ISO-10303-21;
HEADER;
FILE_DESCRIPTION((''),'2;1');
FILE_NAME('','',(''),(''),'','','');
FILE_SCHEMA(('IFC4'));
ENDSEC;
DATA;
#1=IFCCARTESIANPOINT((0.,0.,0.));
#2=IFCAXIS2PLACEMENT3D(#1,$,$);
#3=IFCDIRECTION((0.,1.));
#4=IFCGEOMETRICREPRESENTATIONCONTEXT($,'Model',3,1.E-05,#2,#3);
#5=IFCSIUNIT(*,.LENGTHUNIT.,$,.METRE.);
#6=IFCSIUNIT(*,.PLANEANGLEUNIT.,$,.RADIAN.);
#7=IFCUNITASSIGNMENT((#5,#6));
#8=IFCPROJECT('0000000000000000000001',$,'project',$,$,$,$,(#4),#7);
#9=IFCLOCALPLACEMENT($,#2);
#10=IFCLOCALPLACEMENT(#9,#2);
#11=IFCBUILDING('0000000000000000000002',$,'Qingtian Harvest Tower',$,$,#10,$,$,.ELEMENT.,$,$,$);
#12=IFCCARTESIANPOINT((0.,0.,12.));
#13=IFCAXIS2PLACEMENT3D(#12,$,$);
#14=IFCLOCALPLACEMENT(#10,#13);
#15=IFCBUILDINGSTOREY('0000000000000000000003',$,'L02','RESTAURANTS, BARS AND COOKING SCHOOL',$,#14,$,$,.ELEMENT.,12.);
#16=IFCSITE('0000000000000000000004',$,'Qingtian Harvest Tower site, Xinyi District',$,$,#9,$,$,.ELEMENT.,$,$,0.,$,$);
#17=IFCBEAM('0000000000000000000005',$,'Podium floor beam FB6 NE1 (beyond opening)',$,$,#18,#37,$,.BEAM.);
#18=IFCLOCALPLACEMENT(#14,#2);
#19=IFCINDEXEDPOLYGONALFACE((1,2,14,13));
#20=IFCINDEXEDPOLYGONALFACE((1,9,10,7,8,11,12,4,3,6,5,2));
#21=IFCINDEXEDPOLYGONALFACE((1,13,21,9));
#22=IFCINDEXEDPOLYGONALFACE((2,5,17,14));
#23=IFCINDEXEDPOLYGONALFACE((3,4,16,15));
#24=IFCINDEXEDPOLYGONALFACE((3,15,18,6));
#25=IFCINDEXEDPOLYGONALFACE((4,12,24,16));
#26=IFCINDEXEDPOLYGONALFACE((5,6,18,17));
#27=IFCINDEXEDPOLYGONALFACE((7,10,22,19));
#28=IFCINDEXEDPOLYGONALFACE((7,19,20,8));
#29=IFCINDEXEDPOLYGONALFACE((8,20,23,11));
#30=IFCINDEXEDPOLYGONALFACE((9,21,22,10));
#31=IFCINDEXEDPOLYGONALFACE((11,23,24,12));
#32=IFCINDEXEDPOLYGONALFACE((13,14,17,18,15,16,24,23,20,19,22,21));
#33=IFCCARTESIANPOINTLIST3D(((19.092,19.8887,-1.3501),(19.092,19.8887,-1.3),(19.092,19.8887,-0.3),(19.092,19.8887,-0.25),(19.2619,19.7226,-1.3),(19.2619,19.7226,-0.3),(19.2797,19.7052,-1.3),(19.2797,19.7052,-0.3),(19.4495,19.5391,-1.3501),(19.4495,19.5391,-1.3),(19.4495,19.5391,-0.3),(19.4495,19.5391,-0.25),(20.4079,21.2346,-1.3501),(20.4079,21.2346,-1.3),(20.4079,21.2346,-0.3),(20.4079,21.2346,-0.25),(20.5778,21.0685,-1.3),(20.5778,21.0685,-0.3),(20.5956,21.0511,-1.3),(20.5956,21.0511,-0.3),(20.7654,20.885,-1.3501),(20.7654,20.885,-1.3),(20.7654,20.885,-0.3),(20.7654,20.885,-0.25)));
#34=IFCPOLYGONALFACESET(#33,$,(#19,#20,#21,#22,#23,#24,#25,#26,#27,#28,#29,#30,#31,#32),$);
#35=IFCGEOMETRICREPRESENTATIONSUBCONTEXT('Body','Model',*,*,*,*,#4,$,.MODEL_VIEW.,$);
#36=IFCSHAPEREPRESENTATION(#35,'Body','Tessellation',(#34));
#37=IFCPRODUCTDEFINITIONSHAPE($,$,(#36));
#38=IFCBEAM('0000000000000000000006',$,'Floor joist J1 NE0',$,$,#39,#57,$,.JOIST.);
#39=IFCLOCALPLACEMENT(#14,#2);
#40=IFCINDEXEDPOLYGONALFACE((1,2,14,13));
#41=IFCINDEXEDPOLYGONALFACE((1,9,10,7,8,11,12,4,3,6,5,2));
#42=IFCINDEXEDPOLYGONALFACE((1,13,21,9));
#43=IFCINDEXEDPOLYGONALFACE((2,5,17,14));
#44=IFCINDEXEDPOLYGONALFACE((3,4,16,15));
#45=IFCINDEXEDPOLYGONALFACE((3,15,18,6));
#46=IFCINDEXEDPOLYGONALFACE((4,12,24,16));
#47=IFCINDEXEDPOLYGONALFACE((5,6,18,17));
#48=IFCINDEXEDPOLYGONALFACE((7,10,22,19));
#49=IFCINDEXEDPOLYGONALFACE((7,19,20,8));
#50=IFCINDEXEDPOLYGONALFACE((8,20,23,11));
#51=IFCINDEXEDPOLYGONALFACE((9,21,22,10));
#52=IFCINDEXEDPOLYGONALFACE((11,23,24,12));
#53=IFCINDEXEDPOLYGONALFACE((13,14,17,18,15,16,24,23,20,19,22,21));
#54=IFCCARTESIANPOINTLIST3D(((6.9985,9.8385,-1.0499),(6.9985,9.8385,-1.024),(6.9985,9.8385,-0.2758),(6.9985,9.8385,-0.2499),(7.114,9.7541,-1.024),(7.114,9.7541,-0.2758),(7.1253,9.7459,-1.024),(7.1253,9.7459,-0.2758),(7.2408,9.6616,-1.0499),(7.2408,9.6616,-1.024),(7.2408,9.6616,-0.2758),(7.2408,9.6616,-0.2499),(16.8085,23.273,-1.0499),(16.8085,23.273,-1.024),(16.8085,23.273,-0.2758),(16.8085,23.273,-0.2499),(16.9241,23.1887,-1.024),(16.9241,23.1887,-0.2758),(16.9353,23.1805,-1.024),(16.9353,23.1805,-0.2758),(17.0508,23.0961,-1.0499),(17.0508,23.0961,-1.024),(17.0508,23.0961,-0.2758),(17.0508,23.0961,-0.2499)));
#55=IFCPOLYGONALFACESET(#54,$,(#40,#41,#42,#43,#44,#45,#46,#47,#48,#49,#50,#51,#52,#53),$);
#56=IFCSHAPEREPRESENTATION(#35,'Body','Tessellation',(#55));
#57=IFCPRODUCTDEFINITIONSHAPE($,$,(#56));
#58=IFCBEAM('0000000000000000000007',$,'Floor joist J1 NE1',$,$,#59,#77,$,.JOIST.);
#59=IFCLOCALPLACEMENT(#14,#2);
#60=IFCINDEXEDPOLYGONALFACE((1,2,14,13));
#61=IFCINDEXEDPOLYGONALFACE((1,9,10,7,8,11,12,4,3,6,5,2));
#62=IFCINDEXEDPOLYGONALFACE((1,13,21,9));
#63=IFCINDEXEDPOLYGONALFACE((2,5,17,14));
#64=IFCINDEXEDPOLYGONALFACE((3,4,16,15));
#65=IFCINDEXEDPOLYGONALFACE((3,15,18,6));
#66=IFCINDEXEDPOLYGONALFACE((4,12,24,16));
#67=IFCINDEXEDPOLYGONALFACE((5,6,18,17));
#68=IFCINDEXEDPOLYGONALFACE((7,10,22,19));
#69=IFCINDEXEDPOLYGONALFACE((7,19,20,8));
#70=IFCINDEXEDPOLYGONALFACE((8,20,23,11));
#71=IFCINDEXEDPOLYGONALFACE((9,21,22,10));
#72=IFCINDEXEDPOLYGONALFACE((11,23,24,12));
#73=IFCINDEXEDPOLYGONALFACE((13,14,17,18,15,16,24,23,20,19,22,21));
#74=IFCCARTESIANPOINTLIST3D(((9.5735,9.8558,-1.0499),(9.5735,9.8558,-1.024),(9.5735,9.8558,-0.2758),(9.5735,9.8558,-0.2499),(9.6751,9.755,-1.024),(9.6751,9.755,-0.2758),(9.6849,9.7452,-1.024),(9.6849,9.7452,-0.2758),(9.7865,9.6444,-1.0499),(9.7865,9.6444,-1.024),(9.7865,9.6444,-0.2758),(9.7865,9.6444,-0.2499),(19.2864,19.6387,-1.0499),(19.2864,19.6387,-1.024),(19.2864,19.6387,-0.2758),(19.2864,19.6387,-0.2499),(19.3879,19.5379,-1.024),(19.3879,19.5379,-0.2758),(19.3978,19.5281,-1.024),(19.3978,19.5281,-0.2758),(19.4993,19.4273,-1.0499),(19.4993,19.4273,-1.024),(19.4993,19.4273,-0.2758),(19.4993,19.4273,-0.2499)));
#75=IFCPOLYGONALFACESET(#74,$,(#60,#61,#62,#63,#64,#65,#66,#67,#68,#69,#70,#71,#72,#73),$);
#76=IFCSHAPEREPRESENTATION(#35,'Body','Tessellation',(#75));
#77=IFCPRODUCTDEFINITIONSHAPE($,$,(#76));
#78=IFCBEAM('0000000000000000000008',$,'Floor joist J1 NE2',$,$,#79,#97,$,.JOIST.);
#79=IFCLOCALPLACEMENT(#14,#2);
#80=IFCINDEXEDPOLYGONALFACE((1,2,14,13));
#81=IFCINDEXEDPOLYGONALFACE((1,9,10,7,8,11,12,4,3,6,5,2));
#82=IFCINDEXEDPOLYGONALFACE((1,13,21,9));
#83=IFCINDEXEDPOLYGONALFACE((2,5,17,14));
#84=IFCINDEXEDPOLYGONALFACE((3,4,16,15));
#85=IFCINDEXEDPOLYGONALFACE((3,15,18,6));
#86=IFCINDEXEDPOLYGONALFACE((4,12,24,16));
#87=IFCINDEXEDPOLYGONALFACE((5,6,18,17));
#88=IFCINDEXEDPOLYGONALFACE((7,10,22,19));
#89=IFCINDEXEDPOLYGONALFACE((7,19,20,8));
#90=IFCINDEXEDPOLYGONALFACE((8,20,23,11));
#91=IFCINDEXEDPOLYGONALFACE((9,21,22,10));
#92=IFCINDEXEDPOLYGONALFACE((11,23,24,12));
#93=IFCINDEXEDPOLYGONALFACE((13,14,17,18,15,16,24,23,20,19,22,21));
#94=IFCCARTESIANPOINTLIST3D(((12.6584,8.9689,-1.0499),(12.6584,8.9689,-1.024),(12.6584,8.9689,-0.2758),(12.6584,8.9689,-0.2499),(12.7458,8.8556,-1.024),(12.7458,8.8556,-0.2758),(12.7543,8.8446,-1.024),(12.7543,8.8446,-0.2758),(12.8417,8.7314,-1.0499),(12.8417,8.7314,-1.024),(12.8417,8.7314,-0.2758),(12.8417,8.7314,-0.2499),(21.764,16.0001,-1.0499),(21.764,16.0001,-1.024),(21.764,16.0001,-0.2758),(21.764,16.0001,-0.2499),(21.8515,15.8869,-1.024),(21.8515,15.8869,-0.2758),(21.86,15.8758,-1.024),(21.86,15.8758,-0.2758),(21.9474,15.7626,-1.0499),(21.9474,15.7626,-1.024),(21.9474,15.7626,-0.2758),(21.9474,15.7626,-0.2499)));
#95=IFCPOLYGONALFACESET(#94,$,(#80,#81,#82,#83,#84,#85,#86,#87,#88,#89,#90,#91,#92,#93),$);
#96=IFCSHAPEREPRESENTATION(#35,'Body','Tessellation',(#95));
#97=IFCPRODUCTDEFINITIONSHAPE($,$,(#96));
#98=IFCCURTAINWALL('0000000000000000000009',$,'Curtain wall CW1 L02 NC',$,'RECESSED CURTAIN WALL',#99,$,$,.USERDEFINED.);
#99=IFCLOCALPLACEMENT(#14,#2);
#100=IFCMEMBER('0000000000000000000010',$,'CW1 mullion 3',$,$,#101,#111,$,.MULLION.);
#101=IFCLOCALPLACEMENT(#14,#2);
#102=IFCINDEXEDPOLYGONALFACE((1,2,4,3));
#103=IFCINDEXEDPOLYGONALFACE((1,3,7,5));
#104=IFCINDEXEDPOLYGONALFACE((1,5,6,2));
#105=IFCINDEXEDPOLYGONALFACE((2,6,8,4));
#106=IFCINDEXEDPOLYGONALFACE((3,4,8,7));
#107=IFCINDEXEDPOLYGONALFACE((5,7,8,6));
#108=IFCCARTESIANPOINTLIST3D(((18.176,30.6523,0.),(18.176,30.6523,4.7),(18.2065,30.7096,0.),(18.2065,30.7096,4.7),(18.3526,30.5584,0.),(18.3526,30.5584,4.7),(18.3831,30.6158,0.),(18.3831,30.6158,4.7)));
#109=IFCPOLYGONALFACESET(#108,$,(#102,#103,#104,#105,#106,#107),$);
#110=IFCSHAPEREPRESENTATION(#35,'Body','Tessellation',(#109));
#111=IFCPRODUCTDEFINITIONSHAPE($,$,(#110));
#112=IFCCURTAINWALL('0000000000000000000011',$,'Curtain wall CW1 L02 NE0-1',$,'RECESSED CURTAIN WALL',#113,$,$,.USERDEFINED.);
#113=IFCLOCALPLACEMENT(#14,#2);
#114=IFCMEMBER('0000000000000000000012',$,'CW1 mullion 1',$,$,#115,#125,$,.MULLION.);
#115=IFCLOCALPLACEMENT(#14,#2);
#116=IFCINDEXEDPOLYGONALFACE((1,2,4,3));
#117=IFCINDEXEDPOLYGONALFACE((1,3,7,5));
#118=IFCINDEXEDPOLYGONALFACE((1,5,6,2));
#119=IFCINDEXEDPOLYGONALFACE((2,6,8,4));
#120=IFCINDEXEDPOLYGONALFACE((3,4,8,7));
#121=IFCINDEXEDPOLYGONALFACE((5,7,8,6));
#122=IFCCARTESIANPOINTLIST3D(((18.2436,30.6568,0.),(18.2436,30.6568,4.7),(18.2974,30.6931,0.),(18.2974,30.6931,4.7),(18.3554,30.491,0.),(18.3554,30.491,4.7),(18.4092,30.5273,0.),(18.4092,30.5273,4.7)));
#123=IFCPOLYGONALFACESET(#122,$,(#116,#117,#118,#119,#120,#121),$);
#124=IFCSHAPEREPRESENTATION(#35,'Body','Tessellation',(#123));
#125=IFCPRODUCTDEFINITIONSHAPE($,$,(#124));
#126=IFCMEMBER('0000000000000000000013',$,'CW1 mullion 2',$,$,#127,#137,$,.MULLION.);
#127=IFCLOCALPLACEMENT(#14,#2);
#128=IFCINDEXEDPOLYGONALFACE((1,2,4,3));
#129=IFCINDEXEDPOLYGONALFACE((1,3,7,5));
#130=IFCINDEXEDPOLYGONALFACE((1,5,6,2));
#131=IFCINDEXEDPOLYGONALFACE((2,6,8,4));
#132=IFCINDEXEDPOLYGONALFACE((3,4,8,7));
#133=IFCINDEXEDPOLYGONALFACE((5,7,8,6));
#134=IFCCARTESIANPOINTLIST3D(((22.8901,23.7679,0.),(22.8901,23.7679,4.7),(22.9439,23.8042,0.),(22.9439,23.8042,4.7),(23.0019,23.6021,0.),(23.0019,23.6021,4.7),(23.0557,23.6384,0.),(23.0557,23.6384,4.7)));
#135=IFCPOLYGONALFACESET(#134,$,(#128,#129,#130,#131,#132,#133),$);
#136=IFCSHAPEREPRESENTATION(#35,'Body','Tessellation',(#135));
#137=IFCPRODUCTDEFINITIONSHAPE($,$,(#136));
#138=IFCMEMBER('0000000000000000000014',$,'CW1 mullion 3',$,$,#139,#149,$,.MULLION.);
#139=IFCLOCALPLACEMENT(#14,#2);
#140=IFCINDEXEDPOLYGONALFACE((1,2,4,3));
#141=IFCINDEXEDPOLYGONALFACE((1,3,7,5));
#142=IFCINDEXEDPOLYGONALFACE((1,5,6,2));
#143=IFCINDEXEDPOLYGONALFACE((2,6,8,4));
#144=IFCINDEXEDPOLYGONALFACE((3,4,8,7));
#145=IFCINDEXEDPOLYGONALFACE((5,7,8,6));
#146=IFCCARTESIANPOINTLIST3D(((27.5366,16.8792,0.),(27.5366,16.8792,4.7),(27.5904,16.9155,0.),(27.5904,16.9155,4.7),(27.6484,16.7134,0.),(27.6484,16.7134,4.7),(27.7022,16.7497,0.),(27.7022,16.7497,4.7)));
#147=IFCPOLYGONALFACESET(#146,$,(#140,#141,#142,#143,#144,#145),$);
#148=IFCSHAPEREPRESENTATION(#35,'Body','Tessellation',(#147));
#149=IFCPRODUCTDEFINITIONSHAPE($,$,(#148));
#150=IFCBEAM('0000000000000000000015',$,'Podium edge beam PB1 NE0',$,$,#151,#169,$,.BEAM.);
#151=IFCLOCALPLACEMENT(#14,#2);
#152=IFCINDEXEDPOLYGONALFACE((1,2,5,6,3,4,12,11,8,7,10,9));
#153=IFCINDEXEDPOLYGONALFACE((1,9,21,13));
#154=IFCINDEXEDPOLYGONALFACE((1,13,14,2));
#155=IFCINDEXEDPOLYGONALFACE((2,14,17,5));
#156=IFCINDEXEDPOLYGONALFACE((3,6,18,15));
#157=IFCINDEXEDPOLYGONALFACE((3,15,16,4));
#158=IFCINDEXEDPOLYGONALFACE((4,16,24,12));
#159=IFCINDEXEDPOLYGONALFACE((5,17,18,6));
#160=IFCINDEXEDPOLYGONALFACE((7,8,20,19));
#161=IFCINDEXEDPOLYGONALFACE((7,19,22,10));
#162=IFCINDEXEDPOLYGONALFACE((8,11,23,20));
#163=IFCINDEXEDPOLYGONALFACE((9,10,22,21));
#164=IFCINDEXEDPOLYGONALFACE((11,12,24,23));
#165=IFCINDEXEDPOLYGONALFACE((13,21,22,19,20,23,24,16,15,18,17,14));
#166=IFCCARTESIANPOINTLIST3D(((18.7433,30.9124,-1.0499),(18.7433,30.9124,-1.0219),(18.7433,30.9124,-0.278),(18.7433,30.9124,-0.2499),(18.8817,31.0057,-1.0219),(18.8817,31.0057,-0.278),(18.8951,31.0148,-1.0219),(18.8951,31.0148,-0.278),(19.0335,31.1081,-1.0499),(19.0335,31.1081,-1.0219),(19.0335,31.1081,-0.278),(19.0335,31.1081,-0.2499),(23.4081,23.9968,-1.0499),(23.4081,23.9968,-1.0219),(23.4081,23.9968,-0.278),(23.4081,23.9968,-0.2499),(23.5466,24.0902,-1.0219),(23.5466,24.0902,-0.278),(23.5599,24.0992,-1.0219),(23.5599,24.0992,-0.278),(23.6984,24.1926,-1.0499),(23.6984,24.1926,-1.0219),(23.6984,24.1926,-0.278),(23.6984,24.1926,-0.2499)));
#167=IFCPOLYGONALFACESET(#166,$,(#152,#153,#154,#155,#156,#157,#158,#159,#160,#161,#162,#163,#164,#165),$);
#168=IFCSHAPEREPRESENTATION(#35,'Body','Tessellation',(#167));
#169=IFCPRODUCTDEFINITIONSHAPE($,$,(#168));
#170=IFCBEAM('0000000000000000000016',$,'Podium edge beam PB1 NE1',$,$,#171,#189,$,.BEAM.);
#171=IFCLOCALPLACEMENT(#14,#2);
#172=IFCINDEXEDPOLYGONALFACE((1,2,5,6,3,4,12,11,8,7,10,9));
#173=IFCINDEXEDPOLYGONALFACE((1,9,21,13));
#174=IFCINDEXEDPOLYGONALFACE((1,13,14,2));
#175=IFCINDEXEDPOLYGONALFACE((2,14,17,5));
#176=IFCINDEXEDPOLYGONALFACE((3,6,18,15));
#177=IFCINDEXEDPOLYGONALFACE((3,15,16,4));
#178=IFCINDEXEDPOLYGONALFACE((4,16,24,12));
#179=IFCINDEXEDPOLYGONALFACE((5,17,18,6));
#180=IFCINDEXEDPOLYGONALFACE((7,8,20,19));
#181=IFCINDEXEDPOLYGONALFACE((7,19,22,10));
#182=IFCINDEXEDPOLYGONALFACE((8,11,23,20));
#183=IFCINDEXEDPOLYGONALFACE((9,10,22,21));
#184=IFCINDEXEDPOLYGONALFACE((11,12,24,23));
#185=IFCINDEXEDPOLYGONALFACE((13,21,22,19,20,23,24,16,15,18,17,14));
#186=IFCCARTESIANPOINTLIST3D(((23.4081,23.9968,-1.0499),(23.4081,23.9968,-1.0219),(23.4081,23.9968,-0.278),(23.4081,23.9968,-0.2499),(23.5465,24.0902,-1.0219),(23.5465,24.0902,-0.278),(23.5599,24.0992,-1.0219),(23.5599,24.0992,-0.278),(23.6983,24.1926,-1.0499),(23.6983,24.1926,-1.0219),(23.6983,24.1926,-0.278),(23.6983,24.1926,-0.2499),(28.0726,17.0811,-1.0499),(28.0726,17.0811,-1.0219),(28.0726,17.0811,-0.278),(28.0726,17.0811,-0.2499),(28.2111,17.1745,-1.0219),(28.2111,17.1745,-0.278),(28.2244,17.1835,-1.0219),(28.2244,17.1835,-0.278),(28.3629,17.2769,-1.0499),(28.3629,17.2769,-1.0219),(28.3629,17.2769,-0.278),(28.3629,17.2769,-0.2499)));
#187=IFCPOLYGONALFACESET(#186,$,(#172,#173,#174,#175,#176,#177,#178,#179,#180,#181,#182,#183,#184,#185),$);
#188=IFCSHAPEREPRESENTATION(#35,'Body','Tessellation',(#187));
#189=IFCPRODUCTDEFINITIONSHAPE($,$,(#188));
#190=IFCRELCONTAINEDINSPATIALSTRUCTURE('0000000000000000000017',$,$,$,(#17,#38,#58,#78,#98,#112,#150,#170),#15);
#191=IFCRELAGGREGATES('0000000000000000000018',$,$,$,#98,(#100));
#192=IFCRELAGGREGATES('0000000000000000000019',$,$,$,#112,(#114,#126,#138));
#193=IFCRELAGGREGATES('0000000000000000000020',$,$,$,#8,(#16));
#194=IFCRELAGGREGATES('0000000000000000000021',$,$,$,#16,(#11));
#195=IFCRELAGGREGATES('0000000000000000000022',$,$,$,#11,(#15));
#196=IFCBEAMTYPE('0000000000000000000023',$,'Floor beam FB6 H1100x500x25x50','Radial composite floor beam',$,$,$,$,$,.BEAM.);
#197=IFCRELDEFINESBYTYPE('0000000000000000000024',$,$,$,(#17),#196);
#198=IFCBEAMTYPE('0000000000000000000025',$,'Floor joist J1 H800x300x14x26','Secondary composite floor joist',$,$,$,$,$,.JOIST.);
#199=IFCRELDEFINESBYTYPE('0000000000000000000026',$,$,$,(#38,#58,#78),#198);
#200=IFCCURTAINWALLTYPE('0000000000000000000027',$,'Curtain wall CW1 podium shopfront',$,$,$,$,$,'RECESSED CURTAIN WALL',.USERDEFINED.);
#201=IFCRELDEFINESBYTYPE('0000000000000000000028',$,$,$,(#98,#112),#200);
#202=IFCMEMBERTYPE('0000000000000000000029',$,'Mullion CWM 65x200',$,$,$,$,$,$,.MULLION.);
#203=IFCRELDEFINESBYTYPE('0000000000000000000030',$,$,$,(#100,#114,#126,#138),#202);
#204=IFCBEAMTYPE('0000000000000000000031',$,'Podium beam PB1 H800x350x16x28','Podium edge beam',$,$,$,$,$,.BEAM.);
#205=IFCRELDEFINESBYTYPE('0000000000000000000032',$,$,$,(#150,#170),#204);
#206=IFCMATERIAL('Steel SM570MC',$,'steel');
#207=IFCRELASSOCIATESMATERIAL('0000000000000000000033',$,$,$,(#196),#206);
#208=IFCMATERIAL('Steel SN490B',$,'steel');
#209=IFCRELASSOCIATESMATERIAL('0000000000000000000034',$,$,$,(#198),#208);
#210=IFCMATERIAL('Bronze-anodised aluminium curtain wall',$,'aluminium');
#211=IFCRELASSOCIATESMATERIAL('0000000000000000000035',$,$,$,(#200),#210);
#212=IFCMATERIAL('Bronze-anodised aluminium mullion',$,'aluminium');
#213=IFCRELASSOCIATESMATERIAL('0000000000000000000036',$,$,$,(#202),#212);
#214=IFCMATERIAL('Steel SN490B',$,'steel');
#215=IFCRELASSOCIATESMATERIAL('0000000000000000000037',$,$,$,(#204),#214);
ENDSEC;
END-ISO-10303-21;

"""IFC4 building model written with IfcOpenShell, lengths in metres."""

from ifc_helpers import new_model, si_unit, direction, frame, origin, origin_2d, place, context, subcontext, project, spatial, rectangle, i_section, extrude, material, material_profile, profile_set, type_object, element, aggregate, save


model = new_model("IFC4")

# Units and contexts
model_context = context("Model", 3, precision=1e-05, world=origin(), true_north=direction((0.0, 1.0)))
body_context = subcontext(model_context, "Body", "Model", "MODEL_VIEW")
ifc_project = project(units=[si_unit("LENGTHUNIT", "METRE"), si_unit("PLANEANGLEUNIT", "RADIAN")], contexts=[model_context])

# Site, building, storey
site_placement = place(None, origin())
site = spatial("IfcSite", under=ifc_project, at=site_placement, Name="Qingtian Harvest Tower site, Xinyi District", CompositionType="ELEMENT", RefElevation=0.0)
building_placement = place(site_placement, origin())
building = spatial("IfcBuilding", under=site, at=building_placement, Name="Qingtian Harvest Tower", CompositionType="ELEMENT")
storey_placement = place(building_placement, frame((0.0, 0.0, 12.0)))
storey = spatial("IfcBuildingStorey", under=building, at=storey_placement, Name="L02", Description="RESTAURANTS, BARS AND COOKING SCHOOL", CompositionType="ELEMENT", Elevation=12.0)

# Beams
ifc_material_1 = material(Name="Steel SM570MC", Category="steel")
ifc_material_profile_1 = material_profile(ifc_material_1, i_section(OverallWidth=0.5, OverallDepth=1.1001, WebThickness=0.0249, FlangeThickness=0.05, at=origin_2d()), Name="H1100x500x25x50")
ifc_profile_set_1 = profile_set([ifc_material_profile_1], Name="Steel SM570MC")
beam_type_1 = type_object("IfcBeamType", Name="Floor beam FB6 H1100x500x25x50", Description="Radial composite floor beam", PredefinedType="BEAM", material=ifc_profile_set_1)
beam_1_placement = place(storey_placement, frame((20.5867, 21.0598, -0.8), z_axis=(-0.699085, -0.715038, 0.0), x_axis=(0.715038, -0.699085, 0.0)))
element("IfcBeam", 1, at=beam_1_placement, inside=storey, type_object=beam_type_1, Name="Podium floor beam FB6 NE1 (beyond opening)", PredefinedType="BEAM", context=body_context, shape_type="SweptSolid", body=[
    extrude(i_section(OverallWidth=0.5, OverallDepth=1.1001, WebThickness=0.0249, FlangeThickness=0.05, at=origin_2d()), origin(), (0.0, 0.0, 1.0), 1.8823),
])
ifc_material_2 = material(Name="Steel SN490B", Category="steel")
ifc_material_profile_2 = material_profile(ifc_material_2, i_section(OverallWidth=0.3, OverallDepth=0.8, WebThickness=0.0139, FlangeThickness=0.0259, at=origin_2d()), Name="H800x300x14x26")
ifc_profile_set_2 = profile_set([ifc_material_profile_2], Name="Steel SN490B")
beam_type_2 = type_object("IfcBeamType", Name="Floor joist J1 H800x300x14x26", Description="Secondary composite floor joist", PredefinedType="JOIST", material=ifc_profile_set_2)
beam_2_placement = place(storey_placement, frame((16.9297, 23.1846, -0.6499), z_axis=(-0.589722, -0.807606, 0.0), x_axis=(0.807606, -0.589722, 0.0)))
element("IfcBeam", 2, at=beam_2_placement, inside=storey, type_object=beam_type_2, Name="Floor joist J1 NE0", PredefinedType="JOIST", context=body_context, shape_type="SweptSolid", body=[
    extrude(i_section(OverallWidth=0.3, OverallDepth=0.8, WebThickness=0.0139, FlangeThickness=0.0259, at=origin_2d()), origin(), (0.0, 0.0, 1.0), 16.635),
])
beam_3_placement = place(storey_placement, frame((19.3928, 19.533, -0.6499), z_axis=(-0.704561, -0.709644, 0.0), x_axis=(0.709644, -0.704561, 0.0)))
element("IfcBeam", 3, at=beam_3_placement, inside=storey, type_object=beam_type_2, Name="Floor joist J1 NE1", PredefinedType="JOIST", context=body_context, shape_type="SweptSolid", body=[
    extrude(i_section(OverallWidth=0.3, OverallDepth=0.8, WebThickness=0.0139, FlangeThickness=0.0259, at=origin_2d()), origin(), (0.0, 0.0, 1.0), 13.7856),
])
beam_4_placement = place(storey_placement, frame((21.8557, 15.8813, -0.6499), z_axis=(-0.791495, -0.611176, 0.0), x_axis=(0.611176, -0.791495, 0.0)))
element("IfcBeam", 4, at=beam_4_placement, inside=storey, type_object=beam_type_2, Name="Floor joist J1 NE2", PredefinedType="JOIST", context=body_context, shape_type="SweptSolid", body=[
    extrude(i_section(OverallWidth=0.3, OverallDepth=0.8, WebThickness=0.0139, FlangeThickness=0.0259, at=origin_2d()), origin(), (0.0, 0.0, 1.0), 11.5044),
])

# Curtain wall, member
ifc_material_3 = material(Name="Bronze-anodised aluminium curtain wall", Category="aluminium")
curtain_wall_type = type_object("IfcCurtainWallType", Name="Curtain wall CW1 podium shopfront", ElementType="RECESSED CURTAIN WALL", PredefinedType="USERDEFINED", material=ifc_material_3)
curtain_wall_1_placement = place(storey_placement, origin())
curtain_wall_1 = element("IfcCurtainWall", 5, at=curtain_wall_1_placement, inside=storey, type_object=curtain_wall_type, Name="Curtain wall CW1 L02 NC", ObjectType="RECESSED CURTAIN WALL", PredefinedType="USERDEFINED")
ifc_material_4 = material(Name="Bronze-anodised aluminium mullion", Category="aluminium")
ifc_material_profile_3 = material_profile(ifc_material_4, rectangle(XDim=0.0649, YDim=0.2, at=origin_2d()), Name="AL 65x200")
ifc_profile_set_3 = profile_set([ifc_material_profile_3], Name="Bronze-anodised aluminium mullion")
member_type_1 = type_object("IfcMemberType", Name="Mullion CWM 65x200", PredefinedType="MULLION", material=ifc_profile_set_3)
member_1_placement = place(storey_placement, frame((18.2795, 30.634, 0.0), z_axis=(0.0, 0.0, 1.0), x_axis=(0.469472, 0.882948, 0.0)))
member_1 = element("IfcMember", 6, at=member_1_placement, type_object=member_type_1, Name="CW1 mullion 3", PredefinedType="MULLION", context=body_context, shape_type="SweptSolid", body=[
    extrude(rectangle(XDim=0.0649, YDim=0.2, at=origin_2d()), origin(), (0.0, 0.0, 1.0), 4.7),
])

# Curtain wall, members
curtain_wall_2_placement = place(storey_placement, origin())
curtain_wall_2 = element("IfcCurtainWall", 7, at=curtain_wall_2_placement, inside=storey, type_object=curtain_wall_type, Name="Curtain wall CW1 L02 NE0-1", ObjectType="RECESSED CURTAIN WALL", PredefinedType="USERDEFINED")
member_2_placement = place(storey_placement, frame((18.3264, 30.592, 0.0), z_axis=(0.0, 0.0, 1.0), x_axis=(0.829038, 0.559193, 0.0)))
member_2 = element("IfcMember", 8, at=member_2_placement, type_object=member_type_1, Name="CW1 mullion 1", PredefinedType="MULLION", context=body_context, shape_type="SweptSolid", body=[
    extrude(rectangle(XDim=0.0649, YDim=0.2, at=origin_2d()), origin(), (0.0, 0.0, 1.0), 4.7),
])
member_3_placement = place(storey_placement, frame((22.9729, 23.7031, 0.0), z_axis=(0.0, 0.0, 1.0), x_axis=(0.829038, 0.559193, 0.0)))
member_3 = element("IfcMember", 9, at=member_3_placement, type_object=member_type_1, Name="CW1 mullion 2", PredefinedType="MULLION", context=body_context, shape_type="SweptSolid", body=[
    extrude(rectangle(XDim=0.0649, YDim=0.2, at=origin_2d()), origin(), (0.0, 0.0, 1.0), 4.7),
])
member_4_placement = place(storey_placement, frame((27.6194, 16.8145, 0.0), z_axis=(0.0, 0.0, 1.0), x_axis=(0.829038, 0.559193, 0.0)))
member_4 = element("IfcMember", 10, at=member_4_placement, type_object=member_type_1, Name="CW1 mullion 3", PredefinedType="MULLION", context=body_context, shape_type="SweptSolid", body=[
    extrude(rectangle(XDim=0.0649, YDim=0.2, at=origin_2d()), origin(), (0.0, 0.0, 1.0), 4.7),
])

# Beams
ifc_material_5 = material(Name="Steel SN490B", Category="steel")
ifc_material_profile_4 = material_profile(ifc_material_5, i_section(OverallWidth=0.3501, OverallDepth=0.8, WebThickness=0.0161, FlangeThickness=0.0281, at=origin_2d()), Name="H800x350x16x28")
ifc_profile_set_4 = profile_set([ifc_material_profile_4], Name="Steel SN490B")
beam_type_3 = type_object("IfcBeamType", Name="Podium beam PB1 H800x350x16x28", Description="Podium edge beam", PredefinedType="BEAM", material=ifc_profile_set_4)
for number, where, z_axis, x_axis, name in (
    (11, (18.8884, 31.0103, -0.6499), (0.55921, -0.829026, 0.0), (0.829026, 0.55921, 0.0), "Podium edge beam PB1 NE0"),
    (12, (23.5532, 24.0947, -0.6499), (0.559177, -0.829048, 0.0), (0.829048, 0.559177, 0.0), "Podium edge beam PB1 NE1"),
):
    element("IfcBeam", number, at=place(storey_placement, frame(where, z_axis=z_axis, x_axis=x_axis)), inside=storey, type_object=beam_type_3, Name=name, PredefinedType="BEAM", context=body_context, shape_type="SweptSolid", body=[
        extrude(i_section(OverallWidth=0.3501, OverallDepth=0.8, WebThickness=0.0161, FlangeThickness=0.0281, at=origin_2d()), origin(), (0.0, 0.0, 1.0), 8.3418),
    ])

aggregate(curtain_wall_1, [member_1])
aggregate(curtain_wall_2, [member_2, member_3, member_4])

save(model, "model.ifc")
